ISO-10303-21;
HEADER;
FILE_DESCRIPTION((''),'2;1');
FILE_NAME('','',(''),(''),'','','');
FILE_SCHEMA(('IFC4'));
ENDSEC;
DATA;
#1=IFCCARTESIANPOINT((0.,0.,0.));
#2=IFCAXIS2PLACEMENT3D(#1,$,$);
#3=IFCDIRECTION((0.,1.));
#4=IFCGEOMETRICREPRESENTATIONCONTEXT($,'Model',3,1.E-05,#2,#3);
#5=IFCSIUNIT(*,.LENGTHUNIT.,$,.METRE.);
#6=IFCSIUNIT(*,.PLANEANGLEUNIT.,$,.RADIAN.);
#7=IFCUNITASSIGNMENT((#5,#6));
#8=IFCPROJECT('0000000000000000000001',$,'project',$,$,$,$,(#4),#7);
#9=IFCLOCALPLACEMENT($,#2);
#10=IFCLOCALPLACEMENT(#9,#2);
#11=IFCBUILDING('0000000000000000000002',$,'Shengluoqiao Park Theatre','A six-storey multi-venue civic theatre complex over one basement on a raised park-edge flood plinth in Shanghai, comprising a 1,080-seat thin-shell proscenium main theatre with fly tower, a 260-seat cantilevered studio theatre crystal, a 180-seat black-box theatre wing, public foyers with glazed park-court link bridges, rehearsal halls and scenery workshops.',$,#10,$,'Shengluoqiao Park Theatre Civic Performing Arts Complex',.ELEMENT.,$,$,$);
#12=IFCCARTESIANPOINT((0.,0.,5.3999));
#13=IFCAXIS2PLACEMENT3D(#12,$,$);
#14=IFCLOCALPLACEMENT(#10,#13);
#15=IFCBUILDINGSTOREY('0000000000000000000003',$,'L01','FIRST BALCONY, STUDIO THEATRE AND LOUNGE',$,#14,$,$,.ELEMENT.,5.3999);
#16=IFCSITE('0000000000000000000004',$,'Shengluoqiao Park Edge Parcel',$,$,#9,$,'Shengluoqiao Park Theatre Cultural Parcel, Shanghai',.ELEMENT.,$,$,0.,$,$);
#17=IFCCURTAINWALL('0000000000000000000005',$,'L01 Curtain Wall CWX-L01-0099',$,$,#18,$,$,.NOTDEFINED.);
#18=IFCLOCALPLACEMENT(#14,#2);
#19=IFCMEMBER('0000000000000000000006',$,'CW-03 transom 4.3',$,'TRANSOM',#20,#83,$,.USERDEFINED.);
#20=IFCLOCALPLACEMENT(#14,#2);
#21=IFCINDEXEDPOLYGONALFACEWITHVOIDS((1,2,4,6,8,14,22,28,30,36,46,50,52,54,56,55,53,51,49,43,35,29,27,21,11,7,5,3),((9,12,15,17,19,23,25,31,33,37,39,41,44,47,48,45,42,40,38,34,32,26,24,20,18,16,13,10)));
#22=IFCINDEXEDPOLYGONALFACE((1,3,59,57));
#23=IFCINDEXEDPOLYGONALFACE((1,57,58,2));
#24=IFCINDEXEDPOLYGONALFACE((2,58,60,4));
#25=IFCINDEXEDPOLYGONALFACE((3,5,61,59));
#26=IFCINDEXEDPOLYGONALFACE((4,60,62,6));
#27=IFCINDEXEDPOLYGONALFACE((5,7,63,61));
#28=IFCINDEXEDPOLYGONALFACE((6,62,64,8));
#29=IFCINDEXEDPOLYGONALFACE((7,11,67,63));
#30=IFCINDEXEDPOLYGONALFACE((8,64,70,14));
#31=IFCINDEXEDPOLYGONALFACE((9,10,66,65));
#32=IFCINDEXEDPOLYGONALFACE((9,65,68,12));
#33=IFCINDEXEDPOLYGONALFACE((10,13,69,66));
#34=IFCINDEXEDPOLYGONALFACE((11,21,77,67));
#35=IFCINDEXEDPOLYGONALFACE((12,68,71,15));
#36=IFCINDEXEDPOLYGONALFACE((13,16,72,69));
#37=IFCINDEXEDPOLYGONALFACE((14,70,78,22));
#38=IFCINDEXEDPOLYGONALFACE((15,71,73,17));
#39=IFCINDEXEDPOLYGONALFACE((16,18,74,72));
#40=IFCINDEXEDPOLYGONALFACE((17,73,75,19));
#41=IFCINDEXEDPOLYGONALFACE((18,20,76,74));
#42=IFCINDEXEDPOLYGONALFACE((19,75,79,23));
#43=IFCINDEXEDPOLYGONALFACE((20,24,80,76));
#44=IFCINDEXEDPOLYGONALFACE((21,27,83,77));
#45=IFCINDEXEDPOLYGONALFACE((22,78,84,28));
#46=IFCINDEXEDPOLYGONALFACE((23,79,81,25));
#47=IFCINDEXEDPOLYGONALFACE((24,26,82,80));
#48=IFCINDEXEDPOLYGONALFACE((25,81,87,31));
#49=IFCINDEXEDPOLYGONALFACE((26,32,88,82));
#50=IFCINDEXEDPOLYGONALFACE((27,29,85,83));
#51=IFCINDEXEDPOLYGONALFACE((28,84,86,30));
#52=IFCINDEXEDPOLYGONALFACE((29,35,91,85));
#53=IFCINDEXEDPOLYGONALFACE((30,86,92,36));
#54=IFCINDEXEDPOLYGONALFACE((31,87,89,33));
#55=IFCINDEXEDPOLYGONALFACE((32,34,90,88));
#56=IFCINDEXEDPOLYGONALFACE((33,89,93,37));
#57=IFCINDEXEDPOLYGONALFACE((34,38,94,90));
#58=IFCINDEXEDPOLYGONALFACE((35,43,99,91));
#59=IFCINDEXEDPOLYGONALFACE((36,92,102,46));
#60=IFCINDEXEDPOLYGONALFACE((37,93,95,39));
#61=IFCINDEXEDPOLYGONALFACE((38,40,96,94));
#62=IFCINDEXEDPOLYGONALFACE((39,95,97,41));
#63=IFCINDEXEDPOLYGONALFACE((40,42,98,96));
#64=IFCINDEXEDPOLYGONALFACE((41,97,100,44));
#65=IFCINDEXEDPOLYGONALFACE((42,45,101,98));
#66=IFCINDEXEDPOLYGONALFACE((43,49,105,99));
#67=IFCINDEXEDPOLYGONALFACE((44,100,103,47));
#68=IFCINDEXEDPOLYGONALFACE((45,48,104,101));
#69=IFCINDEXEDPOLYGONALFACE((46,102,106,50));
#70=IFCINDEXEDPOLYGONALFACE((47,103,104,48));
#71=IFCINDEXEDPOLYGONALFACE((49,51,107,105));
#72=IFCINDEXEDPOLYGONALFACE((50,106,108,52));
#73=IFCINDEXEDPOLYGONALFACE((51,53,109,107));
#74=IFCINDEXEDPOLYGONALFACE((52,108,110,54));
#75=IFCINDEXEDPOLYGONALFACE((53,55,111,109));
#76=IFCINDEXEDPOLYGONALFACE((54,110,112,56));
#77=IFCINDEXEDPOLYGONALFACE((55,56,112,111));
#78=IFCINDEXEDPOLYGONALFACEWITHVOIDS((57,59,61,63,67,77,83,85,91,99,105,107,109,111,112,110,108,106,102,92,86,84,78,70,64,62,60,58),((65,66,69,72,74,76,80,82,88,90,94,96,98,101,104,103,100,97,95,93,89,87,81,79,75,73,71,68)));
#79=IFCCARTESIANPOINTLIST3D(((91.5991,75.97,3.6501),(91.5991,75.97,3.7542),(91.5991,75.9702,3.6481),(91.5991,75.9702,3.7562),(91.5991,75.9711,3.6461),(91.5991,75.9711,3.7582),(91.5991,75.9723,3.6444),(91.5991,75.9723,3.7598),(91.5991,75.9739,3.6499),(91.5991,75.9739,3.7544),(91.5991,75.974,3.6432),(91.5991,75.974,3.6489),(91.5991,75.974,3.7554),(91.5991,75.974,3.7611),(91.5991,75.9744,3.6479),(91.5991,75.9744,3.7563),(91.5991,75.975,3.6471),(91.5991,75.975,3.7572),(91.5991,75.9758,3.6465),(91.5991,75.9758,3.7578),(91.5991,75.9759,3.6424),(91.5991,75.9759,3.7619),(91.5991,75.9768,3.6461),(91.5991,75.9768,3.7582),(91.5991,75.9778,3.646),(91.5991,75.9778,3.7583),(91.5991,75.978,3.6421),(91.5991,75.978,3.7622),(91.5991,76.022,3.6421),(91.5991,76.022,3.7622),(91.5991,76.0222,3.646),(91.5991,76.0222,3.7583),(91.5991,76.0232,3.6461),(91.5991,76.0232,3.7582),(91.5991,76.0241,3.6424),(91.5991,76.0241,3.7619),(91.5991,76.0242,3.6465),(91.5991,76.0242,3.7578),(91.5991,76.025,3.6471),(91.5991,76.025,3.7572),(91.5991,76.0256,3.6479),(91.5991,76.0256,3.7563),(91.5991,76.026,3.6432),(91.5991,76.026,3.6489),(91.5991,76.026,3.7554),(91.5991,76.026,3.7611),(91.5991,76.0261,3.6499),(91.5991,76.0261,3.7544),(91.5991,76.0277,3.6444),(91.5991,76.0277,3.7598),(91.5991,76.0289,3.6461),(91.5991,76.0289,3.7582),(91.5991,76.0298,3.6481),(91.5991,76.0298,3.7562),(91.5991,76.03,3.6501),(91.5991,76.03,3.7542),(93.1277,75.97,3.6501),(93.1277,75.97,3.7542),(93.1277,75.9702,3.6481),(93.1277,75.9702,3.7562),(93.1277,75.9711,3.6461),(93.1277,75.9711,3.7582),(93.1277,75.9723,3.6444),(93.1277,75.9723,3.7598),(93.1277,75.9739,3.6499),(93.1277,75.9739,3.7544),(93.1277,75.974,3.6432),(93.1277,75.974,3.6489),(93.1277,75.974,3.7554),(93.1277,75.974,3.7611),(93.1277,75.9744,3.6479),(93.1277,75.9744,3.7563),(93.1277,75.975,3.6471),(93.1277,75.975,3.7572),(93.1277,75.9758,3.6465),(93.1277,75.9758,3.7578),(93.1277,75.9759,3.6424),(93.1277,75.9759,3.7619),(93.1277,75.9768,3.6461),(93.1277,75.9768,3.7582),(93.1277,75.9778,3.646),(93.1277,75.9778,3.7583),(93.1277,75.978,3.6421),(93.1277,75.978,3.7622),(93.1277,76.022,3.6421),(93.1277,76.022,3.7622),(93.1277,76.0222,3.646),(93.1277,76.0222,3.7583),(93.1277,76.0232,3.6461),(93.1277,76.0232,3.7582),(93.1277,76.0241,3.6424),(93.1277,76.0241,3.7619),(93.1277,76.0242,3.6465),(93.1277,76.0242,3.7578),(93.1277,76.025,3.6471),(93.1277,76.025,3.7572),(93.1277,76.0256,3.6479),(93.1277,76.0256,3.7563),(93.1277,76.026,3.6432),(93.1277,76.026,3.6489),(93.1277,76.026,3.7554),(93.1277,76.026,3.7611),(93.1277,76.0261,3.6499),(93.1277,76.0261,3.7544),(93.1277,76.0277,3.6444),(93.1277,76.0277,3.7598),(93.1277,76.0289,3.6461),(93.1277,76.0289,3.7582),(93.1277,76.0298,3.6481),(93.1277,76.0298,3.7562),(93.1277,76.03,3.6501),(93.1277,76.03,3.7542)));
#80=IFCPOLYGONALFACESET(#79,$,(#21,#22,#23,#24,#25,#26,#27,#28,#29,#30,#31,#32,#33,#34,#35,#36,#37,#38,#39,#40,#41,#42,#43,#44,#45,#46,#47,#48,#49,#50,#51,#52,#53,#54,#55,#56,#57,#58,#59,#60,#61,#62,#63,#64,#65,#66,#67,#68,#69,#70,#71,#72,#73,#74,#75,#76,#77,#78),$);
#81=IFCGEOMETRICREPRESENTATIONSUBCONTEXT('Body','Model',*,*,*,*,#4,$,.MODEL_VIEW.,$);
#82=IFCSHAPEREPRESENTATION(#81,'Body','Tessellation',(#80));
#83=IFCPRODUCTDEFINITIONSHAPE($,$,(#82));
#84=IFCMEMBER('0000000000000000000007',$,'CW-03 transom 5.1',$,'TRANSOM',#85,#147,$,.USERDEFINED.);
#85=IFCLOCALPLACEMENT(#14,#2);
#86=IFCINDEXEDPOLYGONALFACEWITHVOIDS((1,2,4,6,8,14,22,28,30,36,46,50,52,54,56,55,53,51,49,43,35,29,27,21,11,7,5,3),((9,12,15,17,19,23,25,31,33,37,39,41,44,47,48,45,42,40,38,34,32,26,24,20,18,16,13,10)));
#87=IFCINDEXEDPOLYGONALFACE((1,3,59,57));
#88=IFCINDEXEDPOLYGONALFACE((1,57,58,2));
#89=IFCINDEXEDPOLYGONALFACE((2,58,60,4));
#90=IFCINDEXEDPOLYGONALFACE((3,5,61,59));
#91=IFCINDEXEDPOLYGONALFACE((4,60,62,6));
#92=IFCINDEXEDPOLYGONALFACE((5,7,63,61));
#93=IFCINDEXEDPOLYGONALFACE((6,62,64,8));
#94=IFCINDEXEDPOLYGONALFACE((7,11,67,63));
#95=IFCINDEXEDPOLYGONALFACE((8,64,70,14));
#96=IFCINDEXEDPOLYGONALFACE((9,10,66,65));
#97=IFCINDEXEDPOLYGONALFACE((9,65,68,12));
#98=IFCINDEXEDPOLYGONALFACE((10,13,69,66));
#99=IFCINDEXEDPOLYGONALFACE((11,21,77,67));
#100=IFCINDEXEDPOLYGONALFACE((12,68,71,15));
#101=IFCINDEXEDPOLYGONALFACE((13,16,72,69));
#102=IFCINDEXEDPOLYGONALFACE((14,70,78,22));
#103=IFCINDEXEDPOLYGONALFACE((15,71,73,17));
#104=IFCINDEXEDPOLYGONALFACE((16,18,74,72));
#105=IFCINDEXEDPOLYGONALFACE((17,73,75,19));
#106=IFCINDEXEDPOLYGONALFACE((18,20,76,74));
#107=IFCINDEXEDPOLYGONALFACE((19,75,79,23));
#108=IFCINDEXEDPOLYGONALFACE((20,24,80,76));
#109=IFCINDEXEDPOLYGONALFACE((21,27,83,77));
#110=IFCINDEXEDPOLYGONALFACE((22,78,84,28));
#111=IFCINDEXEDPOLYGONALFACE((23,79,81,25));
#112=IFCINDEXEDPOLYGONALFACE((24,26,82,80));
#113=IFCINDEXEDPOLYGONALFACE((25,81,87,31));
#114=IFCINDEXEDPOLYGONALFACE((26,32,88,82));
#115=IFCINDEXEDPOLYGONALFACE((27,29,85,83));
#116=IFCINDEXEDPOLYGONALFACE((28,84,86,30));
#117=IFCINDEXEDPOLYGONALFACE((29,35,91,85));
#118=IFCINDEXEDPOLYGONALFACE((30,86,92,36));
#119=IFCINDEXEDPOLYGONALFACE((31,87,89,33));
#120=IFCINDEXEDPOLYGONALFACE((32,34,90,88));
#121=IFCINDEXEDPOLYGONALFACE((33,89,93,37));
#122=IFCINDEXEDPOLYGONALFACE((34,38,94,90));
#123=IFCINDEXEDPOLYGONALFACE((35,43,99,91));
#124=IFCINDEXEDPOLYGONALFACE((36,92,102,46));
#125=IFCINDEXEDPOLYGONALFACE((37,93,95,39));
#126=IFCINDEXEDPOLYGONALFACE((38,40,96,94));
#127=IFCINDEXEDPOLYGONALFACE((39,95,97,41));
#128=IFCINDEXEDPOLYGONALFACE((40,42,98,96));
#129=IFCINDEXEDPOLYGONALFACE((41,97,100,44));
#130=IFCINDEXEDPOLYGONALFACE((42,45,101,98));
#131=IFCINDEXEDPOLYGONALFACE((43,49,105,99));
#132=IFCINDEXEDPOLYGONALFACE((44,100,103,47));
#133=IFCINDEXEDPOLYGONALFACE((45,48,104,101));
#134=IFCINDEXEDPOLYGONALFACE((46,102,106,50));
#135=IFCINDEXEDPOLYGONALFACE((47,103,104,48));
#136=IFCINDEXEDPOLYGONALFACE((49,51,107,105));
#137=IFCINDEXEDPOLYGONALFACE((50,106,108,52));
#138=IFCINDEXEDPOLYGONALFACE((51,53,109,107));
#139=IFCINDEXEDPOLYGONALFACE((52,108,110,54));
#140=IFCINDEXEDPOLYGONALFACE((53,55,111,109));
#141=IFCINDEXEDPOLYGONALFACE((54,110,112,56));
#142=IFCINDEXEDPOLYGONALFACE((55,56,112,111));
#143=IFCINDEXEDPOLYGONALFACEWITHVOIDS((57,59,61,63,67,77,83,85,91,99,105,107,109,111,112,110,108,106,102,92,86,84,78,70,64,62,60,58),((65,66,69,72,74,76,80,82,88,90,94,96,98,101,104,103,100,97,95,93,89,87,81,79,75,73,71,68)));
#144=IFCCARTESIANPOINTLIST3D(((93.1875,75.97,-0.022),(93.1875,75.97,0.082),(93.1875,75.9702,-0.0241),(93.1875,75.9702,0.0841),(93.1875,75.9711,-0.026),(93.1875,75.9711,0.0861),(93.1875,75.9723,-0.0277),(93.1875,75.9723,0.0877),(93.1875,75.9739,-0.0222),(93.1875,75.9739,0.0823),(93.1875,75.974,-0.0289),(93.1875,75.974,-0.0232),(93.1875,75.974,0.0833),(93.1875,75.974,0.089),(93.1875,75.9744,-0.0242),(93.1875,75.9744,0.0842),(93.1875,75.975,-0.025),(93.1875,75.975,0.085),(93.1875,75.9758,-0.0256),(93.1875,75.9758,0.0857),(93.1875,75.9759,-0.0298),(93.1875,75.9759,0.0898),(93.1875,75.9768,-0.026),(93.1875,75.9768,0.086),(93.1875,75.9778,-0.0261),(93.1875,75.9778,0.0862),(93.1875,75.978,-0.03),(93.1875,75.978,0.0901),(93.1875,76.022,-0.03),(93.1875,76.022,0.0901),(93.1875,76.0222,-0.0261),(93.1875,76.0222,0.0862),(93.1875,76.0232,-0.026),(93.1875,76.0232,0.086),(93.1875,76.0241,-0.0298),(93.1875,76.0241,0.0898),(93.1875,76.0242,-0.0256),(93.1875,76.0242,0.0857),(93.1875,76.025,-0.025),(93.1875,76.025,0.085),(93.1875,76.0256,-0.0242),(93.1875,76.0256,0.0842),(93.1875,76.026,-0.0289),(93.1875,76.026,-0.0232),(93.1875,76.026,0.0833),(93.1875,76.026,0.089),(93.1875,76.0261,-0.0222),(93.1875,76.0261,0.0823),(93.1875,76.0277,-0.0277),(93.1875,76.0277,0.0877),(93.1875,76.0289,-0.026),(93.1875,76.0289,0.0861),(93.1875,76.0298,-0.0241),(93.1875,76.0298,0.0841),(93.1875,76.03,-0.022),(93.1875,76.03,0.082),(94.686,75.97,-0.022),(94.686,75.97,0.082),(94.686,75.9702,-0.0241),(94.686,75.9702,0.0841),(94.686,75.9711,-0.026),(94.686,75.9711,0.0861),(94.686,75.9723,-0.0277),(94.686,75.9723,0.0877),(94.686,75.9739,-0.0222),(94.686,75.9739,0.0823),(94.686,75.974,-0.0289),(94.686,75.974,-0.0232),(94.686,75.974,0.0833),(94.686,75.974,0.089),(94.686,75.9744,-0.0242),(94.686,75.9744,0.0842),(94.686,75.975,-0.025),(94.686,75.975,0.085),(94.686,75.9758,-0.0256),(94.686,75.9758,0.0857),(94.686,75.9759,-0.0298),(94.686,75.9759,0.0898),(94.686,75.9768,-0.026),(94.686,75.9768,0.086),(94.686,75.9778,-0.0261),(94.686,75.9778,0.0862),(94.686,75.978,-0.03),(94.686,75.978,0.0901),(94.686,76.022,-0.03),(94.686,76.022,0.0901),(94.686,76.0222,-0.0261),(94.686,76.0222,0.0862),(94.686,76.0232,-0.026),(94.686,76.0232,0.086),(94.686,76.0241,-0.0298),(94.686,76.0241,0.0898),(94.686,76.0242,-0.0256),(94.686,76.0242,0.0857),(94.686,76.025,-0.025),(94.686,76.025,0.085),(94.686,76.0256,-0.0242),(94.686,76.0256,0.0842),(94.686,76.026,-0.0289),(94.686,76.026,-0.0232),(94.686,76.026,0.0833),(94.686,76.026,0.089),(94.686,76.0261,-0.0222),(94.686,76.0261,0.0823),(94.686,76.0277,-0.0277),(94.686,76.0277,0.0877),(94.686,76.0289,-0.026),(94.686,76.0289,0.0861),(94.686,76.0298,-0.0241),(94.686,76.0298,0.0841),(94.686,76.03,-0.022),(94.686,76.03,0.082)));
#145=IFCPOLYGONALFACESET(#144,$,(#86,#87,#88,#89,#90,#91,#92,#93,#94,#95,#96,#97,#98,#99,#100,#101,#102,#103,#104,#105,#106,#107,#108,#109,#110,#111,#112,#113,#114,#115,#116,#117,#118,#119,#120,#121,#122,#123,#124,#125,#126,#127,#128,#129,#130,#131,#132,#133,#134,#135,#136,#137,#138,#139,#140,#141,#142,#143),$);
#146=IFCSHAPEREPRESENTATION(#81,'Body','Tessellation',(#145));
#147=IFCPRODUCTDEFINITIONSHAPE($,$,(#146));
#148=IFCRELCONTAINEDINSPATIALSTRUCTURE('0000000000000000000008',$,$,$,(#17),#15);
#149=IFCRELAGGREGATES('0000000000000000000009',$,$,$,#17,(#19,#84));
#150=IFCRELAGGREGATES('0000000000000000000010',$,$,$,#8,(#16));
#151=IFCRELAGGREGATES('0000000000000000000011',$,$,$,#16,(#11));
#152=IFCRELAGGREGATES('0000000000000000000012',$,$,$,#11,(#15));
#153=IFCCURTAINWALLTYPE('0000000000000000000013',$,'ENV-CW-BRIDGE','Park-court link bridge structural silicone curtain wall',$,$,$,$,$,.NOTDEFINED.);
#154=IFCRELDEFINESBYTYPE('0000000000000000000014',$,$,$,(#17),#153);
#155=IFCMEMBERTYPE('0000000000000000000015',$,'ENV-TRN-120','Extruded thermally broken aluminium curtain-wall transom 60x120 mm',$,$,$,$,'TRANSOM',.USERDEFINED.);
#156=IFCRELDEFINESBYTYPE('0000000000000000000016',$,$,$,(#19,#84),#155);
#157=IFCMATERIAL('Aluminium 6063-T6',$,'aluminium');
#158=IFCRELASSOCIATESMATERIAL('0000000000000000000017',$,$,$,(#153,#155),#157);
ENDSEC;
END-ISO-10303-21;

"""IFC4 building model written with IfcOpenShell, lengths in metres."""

from ifc_helpers import new_model, si_unit, direction, frame, origin, origin_2d, place, context, subcontext, project, spatial, hollow_rectangle, extrude, material, material_profile, profile_set, type_object, element, aggregate, save


model = new_model("IFC4")

# Units and contexts
model_context = context("Model", 3, precision=1e-05, world=origin(), true_north=direction((0.0, 1.0)))
body_context = subcontext(model_context, "Body", "Model", "MODEL_VIEW")
ifc_project = project(units=[si_unit("LENGTHUNIT", "METRE"), si_unit("PLANEANGLEUNIT", "RADIAN")], contexts=[model_context])

# Site, building, storey
site_placement = place(None, origin())
site = spatial("IfcSite", under=ifc_project, at=site_placement, Name="Shengluoqiao Park Edge Parcel", LongName="Shengluoqiao Park Theatre Cultural Parcel, Shanghai", CompositionType="ELEMENT", RefElevation=0.0)
building_placement = place(site_placement, origin())
building = spatial("IfcBuilding", under=site, at=building_placement, Name="Shengluoqiao Park Theatre", Description="A six-storey multi-venue civic theatre complex over one basement on a raised park-edge flood plinth in Shanghai, comprising a 1,080-seat thin-shell proscenium main theatre with fly tower, a 260-seat cantilevered studio theatre crystal, a 180-seat black-box theatre wing, public foyers with glazed park-court link bridges, rehearsal halls and scenery workshops.", LongName="Shengluoqiao Park Theatre Civic Performing Arts Complex", CompositionType="ELEMENT")
storey_placement = place(building_placement, frame((0.0, 0.0, 5.3999)))
storey = spatial("IfcBuildingStorey", under=building, at=storey_placement, Name="L01", Description="FIRST BALCONY, STUDIO THEATRE AND LOUNGE", CompositionType="ELEMENT", Elevation=5.3999)

# Curtain wall
ifc_material_1 = material(Name="Aluminium 6063-T6", Category="aluminium")
curtain_wall_type = type_object("IfcCurtainWallType", Name="ENV-CW-BRIDGE", Description="Park-court link bridge structural silicone curtain wall", PredefinedType="NOTDEFINED", material=ifc_material_1)
curtain_wall_1_placement = place(storey_placement, origin())
curtain_wall_1 = element("IfcCurtainWall", 1, at=curtain_wall_1_placement, inside=storey, type_object=curtain_wall_type, Name="L01 Curtain Wall CWX-L01-0099", PredefinedType="NOTDEFINED")

# Shared definitions
ifc_material_profile_1 = material_profile(ifc_material_1, hollow_rectangle(XDim=0.0601, YDim=0.1201, WallThickness=0.0039, InnerFilletRadius=0.0039, OuterFilletRadius=0.0081, at=origin_2d()), Name="ALU TRANSOM 120x60x4")
ifc_profile_set_1 = profile_set([ifc_material_profile_1], Name="Aluminium 6063-T6")
member_type_1 = type_object("IfcMemberType", Name="ENV-TRN-120", Description="Extruded thermally broken aluminium curtain-wall transom 60x120 mm", ElementType="TRANSOM", PredefinedType="USERDEFINED", material=ifc_profile_set_1)

# Members
member_1_placement = place(storey_placement, frame((91.5991, 76.0, 3.7021), z_axis=(1.0, 0.0, 0.0), x_axis=(0.0, 1.0, 0.0)))
member_1 = element("IfcMember", 2, at=member_1_placement, type_object=member_type_1, Name="CW-03 transom 4.3", ObjectType="TRANSOM", PredefinedType="USERDEFINED", context=body_context, shape_type="SweptSolid", body=[
    extrude(hollow_rectangle(XDim=0.0601, YDim=0.1201, WallThickness=0.0039, InnerFilletRadius=0.0039, OuterFilletRadius=0.0081, at=origin_2d()), origin(), (0.0, 0.0, 1.0), 1.5286),
])
member_2_placement = place(storey_placement, frame((93.1875, 76.0, 0.03), z_axis=(1.0, 0.0, 0.0), x_axis=(0.0, 1.0, 0.0)))
member_2 = element("IfcMember", 3, at=member_2_placement, type_object=member_type_1, Name="CW-03 transom 5.1", ObjectType="TRANSOM", PredefinedType="USERDEFINED", context=body_context, shape_type="SweptSolid", body=[
    extrude(hollow_rectangle(XDim=0.0601, YDim=0.1201, WallThickness=0.0039, InnerFilletRadius=0.0039, OuterFilletRadius=0.0081, at=origin_2d()), origin(), (0.0, 0.0, 1.0), 1.4985),
])

aggregate(curtain_wall_1, [member_1, member_2])

save(model, "model.ifc")
